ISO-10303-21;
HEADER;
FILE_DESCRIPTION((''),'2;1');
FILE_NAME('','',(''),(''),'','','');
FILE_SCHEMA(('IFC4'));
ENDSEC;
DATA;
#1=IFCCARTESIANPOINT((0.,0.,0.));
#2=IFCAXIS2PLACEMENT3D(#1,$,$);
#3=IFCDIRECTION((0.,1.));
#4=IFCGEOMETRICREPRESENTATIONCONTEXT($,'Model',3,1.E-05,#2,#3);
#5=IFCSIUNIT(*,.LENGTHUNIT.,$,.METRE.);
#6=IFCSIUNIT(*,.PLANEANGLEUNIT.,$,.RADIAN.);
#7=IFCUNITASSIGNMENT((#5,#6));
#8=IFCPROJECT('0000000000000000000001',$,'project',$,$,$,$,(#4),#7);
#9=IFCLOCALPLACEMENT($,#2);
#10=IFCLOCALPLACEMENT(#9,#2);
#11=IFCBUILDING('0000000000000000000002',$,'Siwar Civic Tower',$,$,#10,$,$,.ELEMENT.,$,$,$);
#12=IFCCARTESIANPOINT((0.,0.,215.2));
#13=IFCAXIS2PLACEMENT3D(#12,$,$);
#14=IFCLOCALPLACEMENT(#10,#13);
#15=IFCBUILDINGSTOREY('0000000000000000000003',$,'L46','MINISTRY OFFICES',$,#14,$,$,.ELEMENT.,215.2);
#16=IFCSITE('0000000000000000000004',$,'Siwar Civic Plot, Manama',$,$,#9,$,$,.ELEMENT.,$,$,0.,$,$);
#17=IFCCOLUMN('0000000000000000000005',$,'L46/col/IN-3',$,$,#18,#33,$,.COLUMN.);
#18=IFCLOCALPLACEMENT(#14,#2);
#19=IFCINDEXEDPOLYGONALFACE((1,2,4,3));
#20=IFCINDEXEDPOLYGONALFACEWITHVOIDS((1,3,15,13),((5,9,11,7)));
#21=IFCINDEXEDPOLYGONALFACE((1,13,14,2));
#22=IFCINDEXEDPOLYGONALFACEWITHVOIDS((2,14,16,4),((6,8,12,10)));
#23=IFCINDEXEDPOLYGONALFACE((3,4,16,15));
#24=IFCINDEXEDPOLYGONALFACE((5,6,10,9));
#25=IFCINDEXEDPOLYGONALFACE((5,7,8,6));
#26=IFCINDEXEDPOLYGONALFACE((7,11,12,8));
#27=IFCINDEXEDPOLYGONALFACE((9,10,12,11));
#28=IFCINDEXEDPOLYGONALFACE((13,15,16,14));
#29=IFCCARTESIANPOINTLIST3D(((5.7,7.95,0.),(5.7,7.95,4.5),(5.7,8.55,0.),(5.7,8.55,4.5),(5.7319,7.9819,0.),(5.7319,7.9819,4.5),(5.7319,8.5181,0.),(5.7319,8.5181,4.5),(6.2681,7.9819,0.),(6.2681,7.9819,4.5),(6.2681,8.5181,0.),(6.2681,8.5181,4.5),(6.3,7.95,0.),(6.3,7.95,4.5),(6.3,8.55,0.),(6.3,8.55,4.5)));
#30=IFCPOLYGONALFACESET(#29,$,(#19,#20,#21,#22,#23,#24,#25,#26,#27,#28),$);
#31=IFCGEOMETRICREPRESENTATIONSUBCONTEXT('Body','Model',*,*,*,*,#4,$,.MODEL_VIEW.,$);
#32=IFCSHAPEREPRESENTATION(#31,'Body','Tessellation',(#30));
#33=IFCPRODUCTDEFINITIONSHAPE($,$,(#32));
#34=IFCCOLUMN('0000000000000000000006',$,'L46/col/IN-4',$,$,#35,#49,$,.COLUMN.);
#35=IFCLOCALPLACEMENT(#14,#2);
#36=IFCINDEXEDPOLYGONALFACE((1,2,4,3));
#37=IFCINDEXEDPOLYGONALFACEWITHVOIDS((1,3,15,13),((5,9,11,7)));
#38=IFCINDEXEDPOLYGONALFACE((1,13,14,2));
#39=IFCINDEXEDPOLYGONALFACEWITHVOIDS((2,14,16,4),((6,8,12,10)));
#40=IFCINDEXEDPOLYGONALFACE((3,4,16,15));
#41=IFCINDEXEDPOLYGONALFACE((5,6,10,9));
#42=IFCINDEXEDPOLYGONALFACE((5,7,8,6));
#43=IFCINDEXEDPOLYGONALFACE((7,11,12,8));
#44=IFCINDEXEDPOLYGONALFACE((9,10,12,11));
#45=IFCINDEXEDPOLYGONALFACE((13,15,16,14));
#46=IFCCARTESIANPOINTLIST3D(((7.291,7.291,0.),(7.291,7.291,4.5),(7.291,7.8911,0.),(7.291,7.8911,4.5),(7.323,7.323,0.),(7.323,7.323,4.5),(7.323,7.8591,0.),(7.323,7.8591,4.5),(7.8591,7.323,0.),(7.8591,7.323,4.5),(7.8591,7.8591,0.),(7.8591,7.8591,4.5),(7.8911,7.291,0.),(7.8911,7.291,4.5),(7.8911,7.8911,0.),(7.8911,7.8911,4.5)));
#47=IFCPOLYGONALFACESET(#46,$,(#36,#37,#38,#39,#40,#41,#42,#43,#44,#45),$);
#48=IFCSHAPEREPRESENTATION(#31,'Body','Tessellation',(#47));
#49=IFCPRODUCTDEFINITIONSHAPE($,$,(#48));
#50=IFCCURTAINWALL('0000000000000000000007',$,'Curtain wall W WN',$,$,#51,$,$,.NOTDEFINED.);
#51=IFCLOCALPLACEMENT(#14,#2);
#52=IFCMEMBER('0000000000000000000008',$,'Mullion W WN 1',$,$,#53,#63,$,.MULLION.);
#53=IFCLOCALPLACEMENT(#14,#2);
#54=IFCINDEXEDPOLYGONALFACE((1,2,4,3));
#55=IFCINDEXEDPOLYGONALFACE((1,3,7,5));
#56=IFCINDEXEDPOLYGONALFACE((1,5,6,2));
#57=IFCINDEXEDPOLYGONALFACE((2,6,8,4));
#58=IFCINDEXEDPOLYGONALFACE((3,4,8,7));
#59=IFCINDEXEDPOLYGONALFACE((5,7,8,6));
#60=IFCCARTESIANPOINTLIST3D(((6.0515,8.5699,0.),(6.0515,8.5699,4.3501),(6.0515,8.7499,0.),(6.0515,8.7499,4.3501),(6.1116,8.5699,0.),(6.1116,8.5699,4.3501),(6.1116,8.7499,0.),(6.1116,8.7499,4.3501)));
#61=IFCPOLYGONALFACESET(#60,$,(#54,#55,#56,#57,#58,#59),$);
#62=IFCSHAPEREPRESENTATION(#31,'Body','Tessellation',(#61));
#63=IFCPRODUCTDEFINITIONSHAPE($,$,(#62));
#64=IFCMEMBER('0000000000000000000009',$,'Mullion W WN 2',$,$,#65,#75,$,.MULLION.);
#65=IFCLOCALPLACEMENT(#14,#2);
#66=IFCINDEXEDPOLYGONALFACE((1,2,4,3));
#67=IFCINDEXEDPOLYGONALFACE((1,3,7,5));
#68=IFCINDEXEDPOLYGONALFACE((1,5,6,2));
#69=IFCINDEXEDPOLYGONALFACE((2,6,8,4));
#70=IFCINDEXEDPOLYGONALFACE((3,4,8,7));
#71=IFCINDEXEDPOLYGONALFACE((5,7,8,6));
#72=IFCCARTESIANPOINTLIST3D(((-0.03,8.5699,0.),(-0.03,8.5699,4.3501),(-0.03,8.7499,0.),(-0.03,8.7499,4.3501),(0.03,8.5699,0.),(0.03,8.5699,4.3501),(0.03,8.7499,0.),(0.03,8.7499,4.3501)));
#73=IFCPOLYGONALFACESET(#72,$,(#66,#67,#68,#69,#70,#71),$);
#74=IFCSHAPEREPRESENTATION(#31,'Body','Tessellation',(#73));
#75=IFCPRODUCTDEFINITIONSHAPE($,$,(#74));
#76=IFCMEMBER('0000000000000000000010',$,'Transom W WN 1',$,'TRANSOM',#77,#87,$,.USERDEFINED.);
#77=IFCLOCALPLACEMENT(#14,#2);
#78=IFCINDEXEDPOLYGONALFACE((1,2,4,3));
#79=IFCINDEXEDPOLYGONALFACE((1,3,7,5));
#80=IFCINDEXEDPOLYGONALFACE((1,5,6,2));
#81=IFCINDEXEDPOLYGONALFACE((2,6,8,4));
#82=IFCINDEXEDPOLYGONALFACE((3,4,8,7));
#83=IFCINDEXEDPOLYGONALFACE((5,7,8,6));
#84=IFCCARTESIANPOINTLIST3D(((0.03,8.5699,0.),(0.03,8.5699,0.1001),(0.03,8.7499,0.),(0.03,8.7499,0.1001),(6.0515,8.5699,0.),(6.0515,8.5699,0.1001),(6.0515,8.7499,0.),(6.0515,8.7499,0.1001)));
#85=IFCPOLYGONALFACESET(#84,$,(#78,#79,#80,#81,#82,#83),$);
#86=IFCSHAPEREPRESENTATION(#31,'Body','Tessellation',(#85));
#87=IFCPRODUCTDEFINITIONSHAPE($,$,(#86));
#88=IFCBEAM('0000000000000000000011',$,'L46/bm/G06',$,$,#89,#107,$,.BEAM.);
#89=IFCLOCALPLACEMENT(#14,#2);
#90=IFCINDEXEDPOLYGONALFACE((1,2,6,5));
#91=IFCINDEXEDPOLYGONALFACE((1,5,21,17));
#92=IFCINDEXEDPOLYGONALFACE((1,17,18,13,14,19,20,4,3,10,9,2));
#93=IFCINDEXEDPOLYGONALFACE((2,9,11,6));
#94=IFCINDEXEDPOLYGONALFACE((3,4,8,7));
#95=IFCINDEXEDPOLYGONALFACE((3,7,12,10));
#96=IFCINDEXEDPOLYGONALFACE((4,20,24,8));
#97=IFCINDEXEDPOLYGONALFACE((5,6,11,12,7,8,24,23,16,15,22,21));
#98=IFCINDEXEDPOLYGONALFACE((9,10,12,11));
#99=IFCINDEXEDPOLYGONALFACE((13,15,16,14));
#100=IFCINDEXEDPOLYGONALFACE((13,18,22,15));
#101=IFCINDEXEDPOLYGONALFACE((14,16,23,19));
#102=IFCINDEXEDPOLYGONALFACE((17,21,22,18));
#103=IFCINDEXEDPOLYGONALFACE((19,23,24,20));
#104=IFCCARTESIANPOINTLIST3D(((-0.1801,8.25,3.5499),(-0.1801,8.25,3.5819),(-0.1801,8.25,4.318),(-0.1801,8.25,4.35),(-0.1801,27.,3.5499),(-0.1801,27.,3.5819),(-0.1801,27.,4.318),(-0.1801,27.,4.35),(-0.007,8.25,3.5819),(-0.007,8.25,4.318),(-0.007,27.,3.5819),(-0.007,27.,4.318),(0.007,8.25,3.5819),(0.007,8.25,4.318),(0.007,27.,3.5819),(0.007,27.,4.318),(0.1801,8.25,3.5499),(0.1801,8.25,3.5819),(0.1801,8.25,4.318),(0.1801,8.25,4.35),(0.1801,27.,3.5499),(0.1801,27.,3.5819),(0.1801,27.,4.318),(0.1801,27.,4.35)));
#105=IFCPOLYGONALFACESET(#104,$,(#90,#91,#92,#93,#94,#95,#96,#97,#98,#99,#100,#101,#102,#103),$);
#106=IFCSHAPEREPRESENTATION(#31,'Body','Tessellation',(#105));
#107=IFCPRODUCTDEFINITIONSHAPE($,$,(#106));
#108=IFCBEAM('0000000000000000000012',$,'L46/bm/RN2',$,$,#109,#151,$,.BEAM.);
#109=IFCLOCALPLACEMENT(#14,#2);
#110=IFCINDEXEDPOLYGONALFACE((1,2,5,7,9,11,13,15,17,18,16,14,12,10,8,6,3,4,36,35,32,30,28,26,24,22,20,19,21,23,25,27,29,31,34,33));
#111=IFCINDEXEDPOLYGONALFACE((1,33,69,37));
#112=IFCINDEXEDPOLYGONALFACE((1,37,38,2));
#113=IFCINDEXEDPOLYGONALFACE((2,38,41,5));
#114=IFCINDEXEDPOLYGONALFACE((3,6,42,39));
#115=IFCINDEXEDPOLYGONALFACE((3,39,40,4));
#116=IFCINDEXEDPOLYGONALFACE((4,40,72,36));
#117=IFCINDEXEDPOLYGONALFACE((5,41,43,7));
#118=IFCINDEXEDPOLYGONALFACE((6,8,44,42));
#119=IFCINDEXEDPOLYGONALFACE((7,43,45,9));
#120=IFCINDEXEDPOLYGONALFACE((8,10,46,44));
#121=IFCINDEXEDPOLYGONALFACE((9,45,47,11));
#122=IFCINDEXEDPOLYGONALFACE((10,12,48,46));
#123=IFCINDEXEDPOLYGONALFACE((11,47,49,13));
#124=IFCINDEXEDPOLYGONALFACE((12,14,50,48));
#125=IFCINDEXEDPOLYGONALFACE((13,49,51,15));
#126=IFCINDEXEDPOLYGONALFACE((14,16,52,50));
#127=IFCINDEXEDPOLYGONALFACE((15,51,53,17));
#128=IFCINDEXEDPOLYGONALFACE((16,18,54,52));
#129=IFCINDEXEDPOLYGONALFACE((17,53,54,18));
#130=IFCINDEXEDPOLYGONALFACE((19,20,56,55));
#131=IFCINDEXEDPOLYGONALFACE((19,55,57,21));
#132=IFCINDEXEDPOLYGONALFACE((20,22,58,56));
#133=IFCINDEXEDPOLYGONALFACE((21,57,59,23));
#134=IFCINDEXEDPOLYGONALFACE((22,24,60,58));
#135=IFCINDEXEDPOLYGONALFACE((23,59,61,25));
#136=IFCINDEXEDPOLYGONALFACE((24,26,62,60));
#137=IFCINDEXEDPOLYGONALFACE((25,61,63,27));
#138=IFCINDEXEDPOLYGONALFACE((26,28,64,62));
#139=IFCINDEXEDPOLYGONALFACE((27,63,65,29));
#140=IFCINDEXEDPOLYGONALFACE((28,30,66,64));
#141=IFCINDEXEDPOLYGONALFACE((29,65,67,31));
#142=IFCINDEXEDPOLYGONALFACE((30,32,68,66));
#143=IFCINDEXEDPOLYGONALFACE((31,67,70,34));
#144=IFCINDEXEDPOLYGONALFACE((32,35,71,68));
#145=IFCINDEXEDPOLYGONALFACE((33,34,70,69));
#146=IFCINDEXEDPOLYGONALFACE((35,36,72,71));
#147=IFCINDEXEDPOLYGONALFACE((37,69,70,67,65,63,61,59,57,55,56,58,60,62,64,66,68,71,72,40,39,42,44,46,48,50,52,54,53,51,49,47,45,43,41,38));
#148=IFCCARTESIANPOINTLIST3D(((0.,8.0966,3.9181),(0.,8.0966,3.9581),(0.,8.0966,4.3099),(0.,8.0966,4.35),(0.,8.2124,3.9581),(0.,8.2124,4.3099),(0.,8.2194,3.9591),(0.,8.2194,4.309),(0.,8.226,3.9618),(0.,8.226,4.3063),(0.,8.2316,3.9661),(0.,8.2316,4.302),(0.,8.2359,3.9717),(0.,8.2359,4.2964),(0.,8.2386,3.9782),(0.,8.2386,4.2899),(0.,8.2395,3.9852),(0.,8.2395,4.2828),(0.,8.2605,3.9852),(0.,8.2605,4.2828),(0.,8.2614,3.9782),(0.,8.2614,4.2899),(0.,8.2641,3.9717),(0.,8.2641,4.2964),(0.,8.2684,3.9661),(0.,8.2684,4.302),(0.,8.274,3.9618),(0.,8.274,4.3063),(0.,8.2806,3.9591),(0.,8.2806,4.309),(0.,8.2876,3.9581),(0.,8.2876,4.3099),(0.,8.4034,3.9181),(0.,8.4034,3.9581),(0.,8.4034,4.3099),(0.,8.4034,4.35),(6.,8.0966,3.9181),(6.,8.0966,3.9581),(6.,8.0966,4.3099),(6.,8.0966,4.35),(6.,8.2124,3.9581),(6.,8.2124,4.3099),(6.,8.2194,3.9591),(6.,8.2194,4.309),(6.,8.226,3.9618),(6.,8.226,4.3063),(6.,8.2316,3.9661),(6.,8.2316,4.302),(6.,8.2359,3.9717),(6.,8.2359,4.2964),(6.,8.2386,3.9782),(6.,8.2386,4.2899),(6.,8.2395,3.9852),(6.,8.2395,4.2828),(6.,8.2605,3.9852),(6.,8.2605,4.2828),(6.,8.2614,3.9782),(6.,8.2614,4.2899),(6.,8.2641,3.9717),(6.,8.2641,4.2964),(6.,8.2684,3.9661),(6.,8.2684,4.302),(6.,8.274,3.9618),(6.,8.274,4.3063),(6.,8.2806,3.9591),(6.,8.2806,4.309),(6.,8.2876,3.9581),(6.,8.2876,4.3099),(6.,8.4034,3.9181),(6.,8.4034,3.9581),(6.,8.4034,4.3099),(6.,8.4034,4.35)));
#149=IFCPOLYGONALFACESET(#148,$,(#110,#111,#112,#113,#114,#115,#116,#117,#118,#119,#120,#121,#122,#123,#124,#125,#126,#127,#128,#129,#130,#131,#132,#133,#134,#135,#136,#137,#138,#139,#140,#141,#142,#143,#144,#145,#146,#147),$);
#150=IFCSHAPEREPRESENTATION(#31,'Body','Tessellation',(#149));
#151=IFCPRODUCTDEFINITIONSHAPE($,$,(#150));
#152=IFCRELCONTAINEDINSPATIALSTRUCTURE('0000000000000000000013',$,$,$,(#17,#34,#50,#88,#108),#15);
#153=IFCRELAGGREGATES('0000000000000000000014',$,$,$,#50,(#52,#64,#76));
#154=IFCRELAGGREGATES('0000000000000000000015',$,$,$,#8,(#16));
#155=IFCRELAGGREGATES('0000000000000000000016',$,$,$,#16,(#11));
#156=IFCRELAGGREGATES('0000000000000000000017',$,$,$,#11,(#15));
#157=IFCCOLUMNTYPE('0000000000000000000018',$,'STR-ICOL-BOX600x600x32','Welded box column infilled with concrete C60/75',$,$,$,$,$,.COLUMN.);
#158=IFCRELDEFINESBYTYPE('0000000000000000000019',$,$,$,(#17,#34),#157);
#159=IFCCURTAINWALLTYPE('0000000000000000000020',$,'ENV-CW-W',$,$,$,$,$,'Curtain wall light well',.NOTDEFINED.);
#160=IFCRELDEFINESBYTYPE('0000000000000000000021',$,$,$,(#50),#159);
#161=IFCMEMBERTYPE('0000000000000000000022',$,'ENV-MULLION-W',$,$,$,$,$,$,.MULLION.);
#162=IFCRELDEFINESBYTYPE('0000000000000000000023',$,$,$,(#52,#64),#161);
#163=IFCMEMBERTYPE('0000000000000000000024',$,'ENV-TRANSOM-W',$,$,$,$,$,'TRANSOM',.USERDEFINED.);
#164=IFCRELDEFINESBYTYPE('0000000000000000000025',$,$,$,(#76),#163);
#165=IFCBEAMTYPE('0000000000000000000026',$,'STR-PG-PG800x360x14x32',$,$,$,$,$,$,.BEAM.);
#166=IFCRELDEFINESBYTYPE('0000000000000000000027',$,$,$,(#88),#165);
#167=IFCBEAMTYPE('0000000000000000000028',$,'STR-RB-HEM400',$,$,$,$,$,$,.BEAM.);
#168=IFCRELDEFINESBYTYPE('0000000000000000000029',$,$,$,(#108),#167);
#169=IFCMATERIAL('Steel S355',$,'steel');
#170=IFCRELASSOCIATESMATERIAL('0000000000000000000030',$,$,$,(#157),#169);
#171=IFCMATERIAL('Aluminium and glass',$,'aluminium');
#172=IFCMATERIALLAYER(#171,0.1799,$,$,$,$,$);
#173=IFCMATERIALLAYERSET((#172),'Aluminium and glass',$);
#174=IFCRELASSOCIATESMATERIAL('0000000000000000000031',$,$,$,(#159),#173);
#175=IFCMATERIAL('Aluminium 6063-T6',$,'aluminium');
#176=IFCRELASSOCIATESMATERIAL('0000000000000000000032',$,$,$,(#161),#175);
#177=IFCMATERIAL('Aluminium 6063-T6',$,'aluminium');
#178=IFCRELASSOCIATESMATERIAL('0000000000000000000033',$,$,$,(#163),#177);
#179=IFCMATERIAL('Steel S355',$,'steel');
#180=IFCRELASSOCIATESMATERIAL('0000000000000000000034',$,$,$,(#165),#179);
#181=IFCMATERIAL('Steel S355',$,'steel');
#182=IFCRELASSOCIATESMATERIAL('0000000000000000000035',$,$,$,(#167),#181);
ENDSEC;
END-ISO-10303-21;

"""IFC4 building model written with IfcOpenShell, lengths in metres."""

from ifc_helpers import new_model, si_unit, direction, frame, origin, origin_2d, place, context, subcontext, project, spatial, rectangle, hollow_rectangle, i_section, extrude, material, layer, layer_set, material_profile, profile_set, type_object, element, aggregate, save


model = new_model("IFC4")

# Units and contexts
model_context = context("Model", 3, precision=1e-05, world=origin(), true_north=direction((0.0, 1.0)))
body_context = subcontext(model_context, "Body", "Model", "MODEL_VIEW")
ifc_project = project(units=[si_unit("LENGTHUNIT", "METRE"), si_unit("PLANEANGLEUNIT", "RADIAN")], contexts=[model_context])

# Site, building, storey
site_placement = place(None, origin())
site = spatial("IfcSite", under=ifc_project, at=site_placement, Name="Siwar Civic Plot, Manama", CompositionType="ELEMENT", RefElevation=0.0)
building_placement = place(site_placement, origin())
building = spatial("IfcBuilding", under=site, at=building_placement, Name="Siwar Civic Tower", CompositionType="ELEMENT")
storey_placement = place(building_placement, frame((0.0, 0.0, 215.2)))
storey = spatial("IfcBuildingStorey", under=building, at=storey_placement, Name="L46", Description="MINISTRY OFFICES", CompositionType="ELEMENT", Elevation=215.2)

# Columns
ifc_material_1 = material(Name="Steel S355", Category="steel")
ifc_material_profile_1 = material_profile(ifc_material_1, hollow_rectangle(XDim=0.6001, YDim=0.6001, WallThickness=0.032, at=origin_2d()), Name="BOX600x600x32")
ifc_profile_set_1 = profile_set([ifc_material_profile_1], Name="Steel S355")
column_type = type_object("IfcColumnType", Name="STR-ICOL-BOX600x600x32", Description="Welded box column infilled with concrete C60/75", PredefinedType="COLUMN", material=ifc_profile_set_1)
for number, where, z_axis, x_axis, name in (
    (1, (6.0, 8.25, 0.0), (0.0, 0.0, 1.0), (1.0, 0.0, 0.0), "L46/col/IN-3"),
    (2, (7.5911, 7.5911, 0.0), (0.0, 0.0, 1.0), (1.0, 0.0, 0.0), "L46/col/IN-4"),
):
    element("IfcColumn", number, at=place(storey_placement, frame(where, z_axis=z_axis, x_axis=x_axis)), inside=storey, type_object=column_type, Name=name, PredefinedType="COLUMN", context=body_context, shape_type="SweptSolid", body=[
        extrude(hollow_rectangle(XDim=0.6001, YDim=0.6001, WallThickness=0.032, at=origin_2d()), origin(), (0.0, 0.0, 1.0), 4.5),
    ])

# Curtain wall, members
ifc_material_2 = material(Name="Aluminium and glass", Category="aluminium")
ifc_layer_1 = layer(ifc_material_2, 0.1799)
ifc_layer_set_1 = layer_set([ifc_layer_1], Name="Aluminium and glass")
curtain_wall_type = type_object("IfcCurtainWallType", Name="ENV-CW-W", ElementType="Curtain wall light well", PredefinedType="NOTDEFINED", material=ifc_layer_set_1)
curtain_wall_placement = place(storey_placement, origin())
curtain_wall = element("IfcCurtainWall", 3, at=curtain_wall_placement, inside=storey, type_object=curtain_wall_type, Name="Curtain wall W WN", PredefinedType="NOTDEFINED")
ifc_material_3 = material(Name="Aluminium 6063-T6", Category="aluminium")
ifc_material_profile_2 = material_profile(ifc_material_3, rectangle(XDim=0.1799, YDim=0.0601, at=origin_2d()), Name="AL 180x60")
ifc_profile_set_2 = profile_set([ifc_material_profile_2], Name="Aluminium 6063-T6")
member_type_1 = type_object("IfcMemberType", Name="ENV-MULLION-W", PredefinedType="MULLION", material=ifc_profile_set_2)
member_1_placement = place(storey_placement, frame((6.0815, 8.6599, 0.0), z_axis=(0.0, 0.0, 1.0), x_axis=(0.0, -1.0, 0.0)))
member_1 = element("IfcMember", 4, at=member_1_placement, type_object=member_type_1, Name="Mullion W WN 1", PredefinedType="MULLION", context=body_context, shape_type="SweptSolid", body=[
    extrude(rectangle(XDim=0.1799, YDim=0.0601, at=origin_2d()), origin(), (0.0, 0.0, 1.0), 4.3501),
])
member_2_placement = place(storey_placement, frame((0.0, 8.6599, 0.0), z_axis=(0.0, 0.0, 1.0), x_axis=(0.0, -1.0, 0.0)))
member_2 = element("IfcMember", 5, at=member_2_placement, type_object=member_type_1, Name="Mullion W WN 2", PredefinedType="MULLION", context=body_context, shape_type="SweptSolid", body=[
    extrude(rectangle(XDim=0.1799, YDim=0.0601, at=origin_2d()), origin(), (0.0, 0.0, 1.0), 4.3501),
])
ifc_material_4 = material(Name="Aluminium 6063-T6", Category="aluminium")
ifc_material_profile_3 = material_profile(ifc_material_4, rectangle(XDim=0.1799, YDim=0.1001, at=origin_2d()), Name="AL 180x100")
ifc_profile_set_3 = profile_set([ifc_material_profile_3], Name="Aluminium 6063-T6")
member_type_2 = type_object("IfcMemberType", Name="ENV-TRANSOM-W", ElementType="TRANSOM", PredefinedType="USERDEFINED", material=ifc_profile_set_3)
member_3_placement = place(storey_placement, frame((6.0515, 8.6599, 0.05), z_axis=(-1.0, 0.0, 0.0), x_axis=(0.0, -1.0, 0.0)))
member_3 = element("IfcMember", 6, at=member_3_placement, type_object=member_type_2, Name="Transom W WN 1", ObjectType="TRANSOM", PredefinedType="USERDEFINED", context=body_context, shape_type="SweptSolid", body=[
    extrude(rectangle(XDim=0.1799, YDim=0.1001, at=origin_2d()), origin(), (0.0, 0.0, 1.0), 6.0215),
])

# Beams
ifc_material_5 = material(Name="Steel S355", Category="steel")
ifc_material_profile_4 = material_profile(ifc_material_5, i_section(OverallWidth=0.3601, OverallDepth=0.8, WebThickness=0.0139, FlangeThickness=0.032, at=origin_2d()), Name="PG800x360x14x32")
ifc_profile_set_4 = profile_set([ifc_material_profile_4], Name="Steel S355")
beam_type_1 = type_object("IfcBeamType", Name="STR-PG-PG800x360x14x32", PredefinedType="BEAM", material=ifc_profile_set_4)
beam_1_placement = place(storey_placement, frame((0.0, 8.25, 3.95), z_axis=(0.0, 1.0, 0.0), x_axis=(-1.0, 0.0, 0.0)))
element("IfcBeam", 7, at=beam_1_placement, inside=storey, type_object=beam_type_1, Name="L46/bm/G06", PredefinedType="BEAM", context=body_context, shape_type="SweptSolid", body=[
    extrude(i_section(OverallWidth=0.3601, OverallDepth=0.8, WebThickness=0.0139, FlangeThickness=0.032, at=origin_2d()), origin(), (0.0, 0.0, 1.0), 18.75),
])
ifc_material_6 = material(Name="Steel S355", Category="steel")
ifc_material_profile_5 = material_profile(ifc_material_6, i_section(OverallWidth=0.3069, OverallDepth=0.4319, WebThickness=0.021, FlangeThickness=0.04, FilletRadius=0.0271, at=origin_2d()), Name="HEM400")
ifc_profile_set_5 = profile_set([ifc_material_profile_5], Name="Steel S355")
beam_type_2 = type_object("IfcBeamType", Name="STR-RB-HEM400", PredefinedType="BEAM", material=ifc_profile_set_5)
beam_2_placement = place(storey_placement, frame((0.0, 8.25, 4.134), z_axis=(1.0, 0.0, 0.0), x_axis=(0.0, 1.0, 0.0)))
element("IfcBeam", 8, at=beam_2_placement, inside=storey, type_object=beam_type_2, Name="L46/bm/RN2", PredefinedType="BEAM", context=body_context, shape_type="SweptSolid", body=[
    extrude(i_section(OverallWidth=0.3069, OverallDepth=0.4319, WebThickness=0.021, FlangeThickness=0.04, FilletRadius=0.0271, at=origin_2d()), origin(), (0.0, 0.0, 1.0), 6.0),
])

aggregate(curtain_wall, [member_1, member_2, member_3])

save(model, "model.ifc")
